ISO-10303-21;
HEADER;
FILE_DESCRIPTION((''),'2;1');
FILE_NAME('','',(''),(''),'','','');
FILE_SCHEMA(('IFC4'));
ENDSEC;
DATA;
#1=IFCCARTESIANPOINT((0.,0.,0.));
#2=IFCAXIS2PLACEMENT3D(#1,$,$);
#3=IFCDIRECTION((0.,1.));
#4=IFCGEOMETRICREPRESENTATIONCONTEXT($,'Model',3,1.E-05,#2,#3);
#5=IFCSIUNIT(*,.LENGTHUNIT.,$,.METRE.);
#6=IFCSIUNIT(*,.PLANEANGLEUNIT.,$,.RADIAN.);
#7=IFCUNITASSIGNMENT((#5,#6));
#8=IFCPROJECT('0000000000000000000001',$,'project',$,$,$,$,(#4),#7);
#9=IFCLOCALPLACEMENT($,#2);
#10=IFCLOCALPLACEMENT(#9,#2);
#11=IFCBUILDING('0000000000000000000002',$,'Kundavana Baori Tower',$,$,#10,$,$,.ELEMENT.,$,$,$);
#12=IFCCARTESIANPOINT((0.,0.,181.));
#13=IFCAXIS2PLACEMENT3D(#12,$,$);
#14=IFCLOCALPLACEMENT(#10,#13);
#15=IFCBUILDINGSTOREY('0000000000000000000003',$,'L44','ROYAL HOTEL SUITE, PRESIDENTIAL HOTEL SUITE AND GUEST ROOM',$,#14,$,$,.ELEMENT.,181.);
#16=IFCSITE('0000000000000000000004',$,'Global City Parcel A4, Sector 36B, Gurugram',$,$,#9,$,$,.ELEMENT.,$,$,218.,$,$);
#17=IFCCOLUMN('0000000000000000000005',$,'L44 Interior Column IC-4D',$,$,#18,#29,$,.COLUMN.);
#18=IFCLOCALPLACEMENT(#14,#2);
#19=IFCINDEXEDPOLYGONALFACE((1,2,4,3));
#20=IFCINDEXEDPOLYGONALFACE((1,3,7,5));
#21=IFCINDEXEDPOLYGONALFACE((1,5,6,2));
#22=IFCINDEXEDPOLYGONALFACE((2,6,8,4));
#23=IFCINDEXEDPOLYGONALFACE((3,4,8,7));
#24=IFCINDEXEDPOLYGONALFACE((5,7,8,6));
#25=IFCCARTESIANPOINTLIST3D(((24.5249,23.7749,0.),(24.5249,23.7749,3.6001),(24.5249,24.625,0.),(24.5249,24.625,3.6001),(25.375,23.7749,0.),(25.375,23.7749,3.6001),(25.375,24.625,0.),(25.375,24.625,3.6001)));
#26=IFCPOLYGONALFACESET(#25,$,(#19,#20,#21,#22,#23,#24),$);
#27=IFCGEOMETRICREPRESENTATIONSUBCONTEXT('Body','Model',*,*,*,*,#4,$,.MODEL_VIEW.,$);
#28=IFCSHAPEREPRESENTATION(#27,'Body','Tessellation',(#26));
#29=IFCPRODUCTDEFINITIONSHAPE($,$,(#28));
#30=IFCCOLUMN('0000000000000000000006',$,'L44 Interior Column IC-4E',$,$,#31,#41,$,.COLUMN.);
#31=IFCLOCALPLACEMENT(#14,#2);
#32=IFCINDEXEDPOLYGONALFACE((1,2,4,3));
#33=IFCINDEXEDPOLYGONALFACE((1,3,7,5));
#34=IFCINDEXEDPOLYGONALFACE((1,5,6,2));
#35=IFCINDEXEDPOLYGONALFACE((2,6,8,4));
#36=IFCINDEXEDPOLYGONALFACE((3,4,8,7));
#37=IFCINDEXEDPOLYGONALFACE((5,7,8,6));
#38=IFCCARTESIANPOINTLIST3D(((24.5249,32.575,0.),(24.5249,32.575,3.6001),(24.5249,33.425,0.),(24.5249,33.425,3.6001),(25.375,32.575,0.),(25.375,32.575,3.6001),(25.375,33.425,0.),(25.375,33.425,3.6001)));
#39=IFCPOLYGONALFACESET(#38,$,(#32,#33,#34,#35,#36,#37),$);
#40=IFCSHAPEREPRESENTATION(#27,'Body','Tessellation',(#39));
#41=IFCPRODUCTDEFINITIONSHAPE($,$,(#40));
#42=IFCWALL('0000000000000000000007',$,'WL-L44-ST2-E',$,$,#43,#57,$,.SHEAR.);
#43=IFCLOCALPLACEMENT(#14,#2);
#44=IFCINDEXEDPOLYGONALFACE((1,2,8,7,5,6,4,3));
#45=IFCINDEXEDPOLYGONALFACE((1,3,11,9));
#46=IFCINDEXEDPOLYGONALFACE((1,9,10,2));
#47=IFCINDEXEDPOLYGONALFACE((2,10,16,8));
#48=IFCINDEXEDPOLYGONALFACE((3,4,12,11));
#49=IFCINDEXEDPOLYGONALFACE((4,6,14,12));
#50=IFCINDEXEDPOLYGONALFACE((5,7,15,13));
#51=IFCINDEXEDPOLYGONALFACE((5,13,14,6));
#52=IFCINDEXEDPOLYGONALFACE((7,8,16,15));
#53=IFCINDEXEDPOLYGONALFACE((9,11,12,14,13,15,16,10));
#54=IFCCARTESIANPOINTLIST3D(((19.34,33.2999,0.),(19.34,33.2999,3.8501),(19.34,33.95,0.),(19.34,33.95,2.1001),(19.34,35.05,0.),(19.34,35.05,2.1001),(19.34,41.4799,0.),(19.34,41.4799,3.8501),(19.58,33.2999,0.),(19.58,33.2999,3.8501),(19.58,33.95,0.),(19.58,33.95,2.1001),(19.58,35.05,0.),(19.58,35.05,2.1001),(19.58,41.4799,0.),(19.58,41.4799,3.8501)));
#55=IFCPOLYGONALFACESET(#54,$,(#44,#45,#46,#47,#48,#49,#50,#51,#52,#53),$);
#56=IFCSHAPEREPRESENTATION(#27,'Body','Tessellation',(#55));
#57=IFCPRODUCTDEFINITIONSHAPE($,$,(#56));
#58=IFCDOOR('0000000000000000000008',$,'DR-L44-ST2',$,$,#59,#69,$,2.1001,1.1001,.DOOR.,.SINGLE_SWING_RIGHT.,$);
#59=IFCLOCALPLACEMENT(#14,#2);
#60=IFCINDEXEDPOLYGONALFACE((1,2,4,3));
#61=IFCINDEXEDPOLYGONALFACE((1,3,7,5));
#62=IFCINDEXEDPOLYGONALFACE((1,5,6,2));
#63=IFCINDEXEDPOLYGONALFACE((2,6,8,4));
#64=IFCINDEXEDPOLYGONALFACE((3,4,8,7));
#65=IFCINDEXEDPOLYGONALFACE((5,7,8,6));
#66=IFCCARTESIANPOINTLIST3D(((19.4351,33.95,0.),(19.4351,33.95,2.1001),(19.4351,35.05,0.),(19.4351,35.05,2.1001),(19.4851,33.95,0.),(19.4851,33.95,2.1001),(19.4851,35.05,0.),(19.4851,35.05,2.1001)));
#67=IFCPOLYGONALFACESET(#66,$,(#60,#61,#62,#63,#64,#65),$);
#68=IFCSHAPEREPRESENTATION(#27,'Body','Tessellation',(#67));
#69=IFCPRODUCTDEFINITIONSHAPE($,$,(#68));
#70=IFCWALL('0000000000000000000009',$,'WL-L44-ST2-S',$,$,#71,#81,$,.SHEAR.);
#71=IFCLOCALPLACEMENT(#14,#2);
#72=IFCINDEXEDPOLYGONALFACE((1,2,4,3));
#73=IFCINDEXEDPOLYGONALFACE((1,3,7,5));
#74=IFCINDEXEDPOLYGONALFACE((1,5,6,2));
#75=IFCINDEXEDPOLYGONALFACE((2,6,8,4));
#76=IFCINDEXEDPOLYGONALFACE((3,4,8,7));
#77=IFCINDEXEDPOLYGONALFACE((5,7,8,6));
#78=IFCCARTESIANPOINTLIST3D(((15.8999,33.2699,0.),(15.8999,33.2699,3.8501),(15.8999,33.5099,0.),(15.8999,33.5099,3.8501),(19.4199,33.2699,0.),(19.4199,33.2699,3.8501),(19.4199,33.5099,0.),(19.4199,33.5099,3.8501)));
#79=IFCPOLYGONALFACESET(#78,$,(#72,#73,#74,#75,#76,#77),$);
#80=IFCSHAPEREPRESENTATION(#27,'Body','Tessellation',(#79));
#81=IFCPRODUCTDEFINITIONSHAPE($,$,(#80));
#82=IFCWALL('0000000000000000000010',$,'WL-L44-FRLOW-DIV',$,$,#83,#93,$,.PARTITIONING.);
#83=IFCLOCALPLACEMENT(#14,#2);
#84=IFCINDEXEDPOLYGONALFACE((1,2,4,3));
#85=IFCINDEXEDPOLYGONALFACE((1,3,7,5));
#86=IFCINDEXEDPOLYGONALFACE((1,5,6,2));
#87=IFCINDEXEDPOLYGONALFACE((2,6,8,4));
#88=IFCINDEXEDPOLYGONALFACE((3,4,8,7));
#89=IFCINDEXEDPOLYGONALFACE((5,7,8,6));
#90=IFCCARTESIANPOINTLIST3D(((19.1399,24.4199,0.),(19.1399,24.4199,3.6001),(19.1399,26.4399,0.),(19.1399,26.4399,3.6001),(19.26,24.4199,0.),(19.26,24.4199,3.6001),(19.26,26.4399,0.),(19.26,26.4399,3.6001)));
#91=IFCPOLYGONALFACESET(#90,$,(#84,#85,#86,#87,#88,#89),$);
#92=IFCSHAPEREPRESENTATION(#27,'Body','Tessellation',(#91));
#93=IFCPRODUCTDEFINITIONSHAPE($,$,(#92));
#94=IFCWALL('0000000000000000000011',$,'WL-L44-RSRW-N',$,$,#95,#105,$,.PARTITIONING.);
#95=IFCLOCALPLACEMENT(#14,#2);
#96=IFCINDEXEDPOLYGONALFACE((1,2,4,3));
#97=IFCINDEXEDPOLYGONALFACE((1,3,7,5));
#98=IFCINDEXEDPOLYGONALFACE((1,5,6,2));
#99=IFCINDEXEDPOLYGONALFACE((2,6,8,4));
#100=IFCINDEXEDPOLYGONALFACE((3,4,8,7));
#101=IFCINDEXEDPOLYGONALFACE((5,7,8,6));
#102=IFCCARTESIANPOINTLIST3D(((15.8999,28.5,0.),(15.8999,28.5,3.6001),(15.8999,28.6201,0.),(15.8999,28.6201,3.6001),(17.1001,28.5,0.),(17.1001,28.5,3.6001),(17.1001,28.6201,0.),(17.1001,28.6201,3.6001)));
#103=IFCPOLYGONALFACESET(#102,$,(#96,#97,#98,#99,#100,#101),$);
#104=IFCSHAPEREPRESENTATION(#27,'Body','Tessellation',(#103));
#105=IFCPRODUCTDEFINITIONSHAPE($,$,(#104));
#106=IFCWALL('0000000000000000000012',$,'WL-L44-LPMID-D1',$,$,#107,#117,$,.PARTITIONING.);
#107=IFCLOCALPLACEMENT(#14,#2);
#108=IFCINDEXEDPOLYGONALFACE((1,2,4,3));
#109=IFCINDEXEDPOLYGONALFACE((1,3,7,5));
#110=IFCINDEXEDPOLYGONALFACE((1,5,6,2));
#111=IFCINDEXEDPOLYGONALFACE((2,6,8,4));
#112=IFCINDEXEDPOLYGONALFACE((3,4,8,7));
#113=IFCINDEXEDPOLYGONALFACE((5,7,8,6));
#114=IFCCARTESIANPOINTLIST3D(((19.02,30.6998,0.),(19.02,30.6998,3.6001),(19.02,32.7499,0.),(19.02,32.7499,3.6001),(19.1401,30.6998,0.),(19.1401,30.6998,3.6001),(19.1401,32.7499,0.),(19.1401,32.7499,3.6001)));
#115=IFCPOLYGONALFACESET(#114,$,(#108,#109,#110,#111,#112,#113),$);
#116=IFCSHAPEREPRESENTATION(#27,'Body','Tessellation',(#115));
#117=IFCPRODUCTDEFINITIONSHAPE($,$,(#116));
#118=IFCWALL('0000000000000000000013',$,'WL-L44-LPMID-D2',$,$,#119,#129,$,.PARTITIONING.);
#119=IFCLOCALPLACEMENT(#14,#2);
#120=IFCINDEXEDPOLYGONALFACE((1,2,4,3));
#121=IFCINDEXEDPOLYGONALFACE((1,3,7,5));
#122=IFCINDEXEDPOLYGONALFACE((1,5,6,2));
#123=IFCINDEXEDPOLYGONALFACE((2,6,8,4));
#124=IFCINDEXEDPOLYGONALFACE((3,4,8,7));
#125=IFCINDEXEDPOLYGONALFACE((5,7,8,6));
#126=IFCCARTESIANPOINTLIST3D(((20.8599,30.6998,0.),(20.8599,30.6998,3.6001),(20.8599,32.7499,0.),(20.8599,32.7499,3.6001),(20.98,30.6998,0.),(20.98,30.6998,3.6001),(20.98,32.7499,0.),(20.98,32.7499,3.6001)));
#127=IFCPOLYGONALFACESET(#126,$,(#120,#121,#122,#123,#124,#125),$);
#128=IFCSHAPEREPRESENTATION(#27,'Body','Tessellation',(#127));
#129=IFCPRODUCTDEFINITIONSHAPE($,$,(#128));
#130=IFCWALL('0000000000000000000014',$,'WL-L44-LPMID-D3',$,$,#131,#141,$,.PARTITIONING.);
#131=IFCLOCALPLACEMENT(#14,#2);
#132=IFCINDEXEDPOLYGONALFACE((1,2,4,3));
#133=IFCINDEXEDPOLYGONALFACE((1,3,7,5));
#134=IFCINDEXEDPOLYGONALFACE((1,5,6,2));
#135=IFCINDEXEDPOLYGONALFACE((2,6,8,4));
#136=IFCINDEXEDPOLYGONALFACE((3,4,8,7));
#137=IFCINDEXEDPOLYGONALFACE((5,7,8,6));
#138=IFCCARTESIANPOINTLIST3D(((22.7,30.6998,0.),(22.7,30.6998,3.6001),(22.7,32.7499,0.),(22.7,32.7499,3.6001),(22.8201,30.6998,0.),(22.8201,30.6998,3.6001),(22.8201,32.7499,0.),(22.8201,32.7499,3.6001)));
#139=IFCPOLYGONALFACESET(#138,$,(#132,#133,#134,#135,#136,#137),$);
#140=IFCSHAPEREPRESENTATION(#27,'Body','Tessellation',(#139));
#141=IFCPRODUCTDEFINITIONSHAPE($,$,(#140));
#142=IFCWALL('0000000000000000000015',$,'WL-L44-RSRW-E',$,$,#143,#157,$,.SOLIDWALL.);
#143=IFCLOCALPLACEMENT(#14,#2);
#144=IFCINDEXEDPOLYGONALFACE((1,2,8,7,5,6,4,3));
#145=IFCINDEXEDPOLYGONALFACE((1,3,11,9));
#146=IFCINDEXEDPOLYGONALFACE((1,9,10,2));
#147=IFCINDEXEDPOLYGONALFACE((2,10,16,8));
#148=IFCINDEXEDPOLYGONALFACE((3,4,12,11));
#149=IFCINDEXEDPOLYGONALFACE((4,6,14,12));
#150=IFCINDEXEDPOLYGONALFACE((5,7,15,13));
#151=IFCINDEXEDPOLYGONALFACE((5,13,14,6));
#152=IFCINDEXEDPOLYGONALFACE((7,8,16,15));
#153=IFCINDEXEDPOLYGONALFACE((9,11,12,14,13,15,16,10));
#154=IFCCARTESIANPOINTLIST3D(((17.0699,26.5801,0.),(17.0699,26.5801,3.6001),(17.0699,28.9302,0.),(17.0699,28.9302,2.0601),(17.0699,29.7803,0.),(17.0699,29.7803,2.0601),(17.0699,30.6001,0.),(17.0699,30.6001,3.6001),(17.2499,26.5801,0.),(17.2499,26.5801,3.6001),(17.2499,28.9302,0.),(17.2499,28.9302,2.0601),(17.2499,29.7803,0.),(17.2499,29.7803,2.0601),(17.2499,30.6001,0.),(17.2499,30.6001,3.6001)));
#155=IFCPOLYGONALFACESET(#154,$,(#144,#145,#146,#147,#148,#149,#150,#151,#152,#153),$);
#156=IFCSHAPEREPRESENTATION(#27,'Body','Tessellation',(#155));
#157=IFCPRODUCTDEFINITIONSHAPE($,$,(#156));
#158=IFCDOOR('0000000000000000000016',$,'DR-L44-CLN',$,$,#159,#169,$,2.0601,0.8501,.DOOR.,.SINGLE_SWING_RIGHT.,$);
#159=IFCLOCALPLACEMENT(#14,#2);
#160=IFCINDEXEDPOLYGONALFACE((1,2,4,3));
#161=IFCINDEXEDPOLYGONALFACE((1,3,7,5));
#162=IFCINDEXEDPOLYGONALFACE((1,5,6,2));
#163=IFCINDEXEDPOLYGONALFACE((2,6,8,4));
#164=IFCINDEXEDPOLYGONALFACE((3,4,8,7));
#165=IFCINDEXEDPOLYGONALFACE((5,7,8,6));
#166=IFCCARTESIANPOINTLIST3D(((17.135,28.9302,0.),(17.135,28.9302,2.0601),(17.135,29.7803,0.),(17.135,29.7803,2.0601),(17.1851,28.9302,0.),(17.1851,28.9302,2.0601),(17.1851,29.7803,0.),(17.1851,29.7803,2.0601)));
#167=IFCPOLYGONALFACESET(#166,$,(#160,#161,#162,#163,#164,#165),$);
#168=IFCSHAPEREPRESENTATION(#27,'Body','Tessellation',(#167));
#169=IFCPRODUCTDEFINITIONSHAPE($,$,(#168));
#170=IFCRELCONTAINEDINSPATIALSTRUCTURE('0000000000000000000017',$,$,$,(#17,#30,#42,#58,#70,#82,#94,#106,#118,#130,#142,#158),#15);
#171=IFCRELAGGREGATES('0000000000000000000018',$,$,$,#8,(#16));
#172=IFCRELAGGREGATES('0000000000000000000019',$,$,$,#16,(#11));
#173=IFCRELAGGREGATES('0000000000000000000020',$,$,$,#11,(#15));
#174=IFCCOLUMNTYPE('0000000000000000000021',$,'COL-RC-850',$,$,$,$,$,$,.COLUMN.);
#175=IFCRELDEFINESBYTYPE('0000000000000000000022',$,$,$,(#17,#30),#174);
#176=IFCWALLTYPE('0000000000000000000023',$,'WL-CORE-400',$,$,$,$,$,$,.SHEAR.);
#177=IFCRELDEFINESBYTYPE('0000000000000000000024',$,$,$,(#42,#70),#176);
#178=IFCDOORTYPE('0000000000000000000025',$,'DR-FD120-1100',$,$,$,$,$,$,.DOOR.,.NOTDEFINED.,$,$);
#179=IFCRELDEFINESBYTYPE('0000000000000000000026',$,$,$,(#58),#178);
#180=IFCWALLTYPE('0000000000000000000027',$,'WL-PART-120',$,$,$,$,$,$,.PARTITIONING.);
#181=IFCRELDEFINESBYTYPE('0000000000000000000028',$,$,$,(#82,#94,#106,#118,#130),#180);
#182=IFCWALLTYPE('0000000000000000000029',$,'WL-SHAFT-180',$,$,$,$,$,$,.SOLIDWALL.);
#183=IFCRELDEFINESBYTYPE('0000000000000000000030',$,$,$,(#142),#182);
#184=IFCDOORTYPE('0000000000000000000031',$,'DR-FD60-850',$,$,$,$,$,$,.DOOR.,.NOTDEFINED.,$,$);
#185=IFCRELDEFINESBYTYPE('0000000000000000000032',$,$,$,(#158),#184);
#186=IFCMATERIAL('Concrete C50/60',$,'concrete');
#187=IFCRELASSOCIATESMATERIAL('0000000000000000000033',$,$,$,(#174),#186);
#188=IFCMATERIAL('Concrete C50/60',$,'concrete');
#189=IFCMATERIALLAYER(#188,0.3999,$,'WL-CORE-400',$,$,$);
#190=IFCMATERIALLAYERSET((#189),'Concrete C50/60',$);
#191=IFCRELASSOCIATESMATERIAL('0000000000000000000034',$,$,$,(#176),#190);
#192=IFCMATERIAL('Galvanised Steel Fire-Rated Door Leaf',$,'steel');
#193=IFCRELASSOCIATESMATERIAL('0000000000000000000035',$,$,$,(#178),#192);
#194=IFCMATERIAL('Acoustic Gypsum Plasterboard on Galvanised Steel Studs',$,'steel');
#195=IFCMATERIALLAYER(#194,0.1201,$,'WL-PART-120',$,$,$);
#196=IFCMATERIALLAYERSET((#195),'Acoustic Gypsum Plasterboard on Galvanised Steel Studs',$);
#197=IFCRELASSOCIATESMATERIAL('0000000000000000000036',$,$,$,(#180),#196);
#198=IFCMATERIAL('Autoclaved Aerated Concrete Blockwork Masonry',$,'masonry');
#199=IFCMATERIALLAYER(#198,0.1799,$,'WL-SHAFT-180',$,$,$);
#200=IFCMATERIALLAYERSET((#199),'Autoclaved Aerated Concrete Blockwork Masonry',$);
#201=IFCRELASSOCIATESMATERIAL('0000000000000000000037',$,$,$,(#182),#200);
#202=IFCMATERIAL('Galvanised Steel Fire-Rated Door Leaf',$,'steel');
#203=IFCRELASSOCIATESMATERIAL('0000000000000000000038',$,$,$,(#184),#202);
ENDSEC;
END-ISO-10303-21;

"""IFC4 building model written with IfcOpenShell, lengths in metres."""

from ifc_helpers import new_model, si_unit, direction, frame, frame_2d, origin, origin_2d, place, context, subcontext, project, spatial, rectangle, extrude, material, layer, layer_set, material_profile, profile_set, type_object, element, fill, save


model = new_model("IFC4")

# Units and contexts
model_context = context("Model", 3, precision=1e-05, world=origin(), true_north=direction((0.0, 1.0)))
body_context = subcontext(model_context, "Body", "Model", "MODEL_VIEW")
ifc_project = project(units=[si_unit("LENGTHUNIT", "METRE"), si_unit("PLANEANGLEUNIT", "RADIAN")], contexts=[model_context])

# Site, building, storey
site_placement = place(None, origin())
site = spatial("IfcSite", under=ifc_project, at=site_placement, Name="Global City Parcel A4, Sector 36B, Gurugram", CompositionType="ELEMENT", RefElevation=218.0)
building_placement = place(site_placement, origin())
building = spatial("IfcBuilding", under=site, at=building_placement, Name="Kundavana Baori Tower", CompositionType="ELEMENT")
storey_placement = place(building_placement, frame((0.0, 0.0, 181.0)))
storey = spatial("IfcBuildingStorey", under=building, at=storey_placement, Name="L44", Description="ROYAL HOTEL SUITE, PRESIDENTIAL HOTEL SUITE AND GUEST ROOM", CompositionType="ELEMENT", Elevation=181.0)

# Columns
ifc_material_1 = material(Name="Concrete C50/60", Category="concrete")
ifc_material_profile = material_profile(ifc_material_1, rectangle(XDim=0.8501, YDim=0.8501, at=origin_2d()), Name="RC 850x850")
ifc_profile_set = profile_set([ifc_material_profile], Name="Concrete C50/60")
column_type = type_object("IfcColumnType", Name="COL-RC-850", PredefinedType="COLUMN", material=ifc_profile_set)
for number, where, z_axis, x_axis, name in (
    (1, (24.95, 24.2, 0.0), (0.0, 0.0, 1.0), (1.0, 0.0, 0.0), "L44 Interior Column IC-4D"),
    (2, (24.95, 33.0, 0.0), (0.0, 0.0, 1.0), (1.0, 0.0, 0.0), "L44 Interior Column IC-4E"),
):
    element("IfcColumn", number, at=place(storey_placement, frame(where, z_axis=z_axis, x_axis=x_axis)), inside=storey, type_object=column_type, Name=name, PredefinedType="COLUMN", context=body_context, shape_type="SweptSolid", body=[
        extrude(rectangle(XDim=0.8501, YDim=0.8501, at=origin_2d()), origin(), (0.0, 0.0, 1.0), 3.6001),
    ])

# Wall, opening, door
ifc_material_2 = material(Name="Concrete C50/60", Category="concrete")
ifc_layer_1 = layer(ifc_material_2, 0.3999, Name="WL-CORE-400")
ifc_layer_set_1 = layer_set([ifc_layer_1], Name="Concrete C50/60")
wall_type_1 = type_object("IfcWallType", Name="WL-CORE-400", PredefinedType="SHEAR", material=ifc_layer_set_1)
wall_1_placement = place(storey_placement, frame((19.46, 33.3, 0.0), z_axis=(0.0, 0.0, 1.0), x_axis=(0.0, 1.0, 0.0)))
wall_1 = element("IfcWall", 3, at=wall_1_placement, inside=storey, type_object=wall_type_1, Name="WL-L44-ST2-E", PredefinedType="SHEAR", context=body_context, shape_type="SweptSolid", body=[
    extrude(rectangle(XDim=8.1799, YDim=0.24, at=frame_2d((4.0898, 0.0))), origin(), (0.0, 0.0, 1.0), 3.8501),
])
opening_1_placement = place(wall_1_placement, frame((0.6499, 0.0, 0.0)))
opening_1 = element("IfcOpeningElement", 4, at=opening_1_placement, cuts=wall_1, PredefinedType="OPENING", context=body_context, shape_type="SweptSolid", body=[
    extrude(rectangle(XDim=1.1001, YDim=2.1001, at=frame_2d((0.55, 1.05))), frame((0.0, 0.1299, 0.0), z_axis=(0.0, -1.0, 0.0), x_axis=(1.0, 0.0, 0.0)), (0.0, 0.0, 1.0), 0.26),
])
ifc_material_3 = material(Name="Galvanised Steel Fire-Rated Door Leaf", Category="steel")
door_type_1 = type_object("IfcDoorType", Name="DR-FD120-1100", OperationType="NOTDEFINED", PredefinedType="DOOR", material=ifc_material_3)
door_1_placement = place(opening_1_placement, origin())
door_1 = element("IfcDoor", 5, at=door_1_placement, inside=storey, type_object=door_type_1, Name="DR-L44-ST2", OperationType="SINGLE_SWING_RIGHT", OverallHeight=2.1001, OverallWidth=1.1001, PredefinedType="DOOR", context=body_context, shape_type="SweptSolid", body=[
    extrude(rectangle(XDim=1.1001, YDim=2.1001, at=frame_2d((0.55, 1.05))), frame((0.0, 0.0249, 0.0), z_axis=(0.0, -1.0, 0.0), x_axis=(1.0, 0.0, 0.0)), (0.0, 0.0, 1.0), 0.05),
])
fill(opening_1, door_1)

# Walls
wall_2_placement = place(storey_placement, frame((15.8999, 33.3899, 0.0), z_axis=(0.0, 0.0, 1.0), x_axis=(1.0, 0.0, 0.0)))
element("IfcWall", 6, at=wall_2_placement, inside=storey, type_object=wall_type_1, Name="WL-L44-ST2-S", PredefinedType="SHEAR", context=body_context, shape_type="SweptSolid", body=[
    extrude(rectangle(XDim=3.52, YDim=0.24, at=frame_2d((1.76, 0.0))), origin(), (0.0, 0.0, 1.0), 3.8501),
])
ifc_material_4 = material(Name="Acoustic Gypsum Plasterboard on Galvanised Steel Studs", Category="steel")
ifc_layer_2 = layer(ifc_material_4, 0.1201, Name="WL-PART-120")
ifc_layer_set_2 = layer_set([ifc_layer_2], Name="Acoustic Gypsum Plasterboard on Galvanised Steel Studs")
wall_type_2 = type_object("IfcWallType", Name="WL-PART-120", PredefinedType="PARTITIONING", material=ifc_layer_set_2)
wall_3_placement = place(storey_placement, frame((19.2, 24.4199, 0.0), z_axis=(0.0, 0.0, 1.0), x_axis=(0.0, 1.0, 0.0)))
element("IfcWall", 7, at=wall_3_placement, inside=storey, type_object=wall_type_2, Name="WL-L44-FRLOW-DIV", PredefinedType="PARTITIONING", context=body_context, shape_type="SweptSolid", body=[
    extrude(rectangle(XDim=2.02, YDim=0.1201, at=frame_2d((1.01, 0.0))), origin(), (0.0, 0.0, 1.0), 3.6001),
])
wall_4_placement = place(storey_placement, frame((15.8999, 28.5601, 0.0), z_axis=(0.0, 0.0, 1.0), x_axis=(1.0, 0.0, 0.0)))
element("IfcWall", 8, at=wall_4_placement, inside=storey, type_object=wall_type_2, Name="WL-L44-RSRW-N", PredefinedType="PARTITIONING", context=body_context, shape_type="SweptSolid", body=[
    extrude(rectangle(XDim=1.2002, YDim=0.1201, at=frame_2d((0.6001, 0.0))), origin(), (0.0, 0.0, 1.0), 3.6001),
])
for number, where, z_axis, x_axis, name in (
    (9, (19.0801, 30.7, 0.0), (0.0, 0.0, 1.0), (0.0, 1.0, 0.0), "WL-L44-LPMID-D1"),
    (10, (20.9199, 30.7, 0.0), (0.0, 0.0, 1.0), (0.0, 1.0, 0.0), "WL-L44-LPMID-D2"),
    (11, (22.76, 30.7, 0.0), (0.0, 0.0, 1.0), (0.0, 1.0, 0.0), "WL-L44-LPMID-D3"),
):
    element("IfcWall", number, at=place(storey_placement, frame(where, z_axis=z_axis, x_axis=x_axis)), inside=storey, type_object=wall_type_2, Name=name, PredefinedType="PARTITIONING", context=body_context, shape_type="SweptSolid", body=[
        extrude(rectangle(XDim=2.05, YDim=0.1201, at=frame_2d((1.0249, 0.0))), origin(), (0.0, 0.0, 1.0), 3.6001),
    ])

# Wall, opening, door
ifc_material_5 = material(Name="Autoclaved Aerated Concrete Blockwork Masonry", Category="masonry")
ifc_layer_3 = layer(ifc_material_5, 0.1799, Name="WL-SHAFT-180")
ifc_layer_set_3 = layer_set([ifc_layer_3], Name="Autoclaved Aerated Concrete Blockwork Masonry")
wall_type_3 = type_object("IfcWallType", Name="WL-SHAFT-180", PredefinedType="SOLIDWALL", material=ifc_layer_set_3)
wall_5_placement = place(storey_placement, frame((17.1599, 26.5801, 0.0), z_axis=(0.0, 0.0, 1.0), x_axis=(0.0, 1.0, 0.0)))
wall_5 = element("IfcWall", 12, at=wall_5_placement, inside=storey, type_object=wall_type_3, Name="WL-L44-RSRW-E", PredefinedType="SOLIDWALL", context=body_context, shape_type="SweptSolid", body=[
    extrude(rectangle(XDim=4.02, YDim=0.1799, at=frame_2d((2.01, 0.0))), origin(), (0.0, 0.0, 1.0), 3.6001),
])
opening_2_placement = place(wall_5_placement, frame((2.3501, 0.0, 0.0)))
opening_2 = element("IfcOpeningElement", 13, at=opening_2_placement, cuts=wall_5, PredefinedType="OPENING", context=body_context, shape_type="SweptSolid", body=[
    extrude(rectangle(XDim=0.8501, YDim=2.0601, at=frame_2d((0.425, 1.03))), frame((0.0, 0.1001, 0.0), z_axis=(0.0, -1.0, 0.0), x_axis=(1.0, 0.0, 0.0)), (0.0, 0.0, 1.0), 0.2),
])
ifc_material_6 = material(Name="Galvanised Steel Fire-Rated Door Leaf", Category="steel")
door_type_2 = type_object("IfcDoorType", Name="DR-FD60-850", OperationType="NOTDEFINED", PredefinedType="DOOR", material=ifc_material_6)
door_2_placement = place(opening_2_placement, origin())
door_2 = element("IfcDoor", 14, at=door_2_placement, inside=storey, type_object=door_type_2, Name="DR-L44-CLN", OperationType="SINGLE_SWING_RIGHT", OverallHeight=2.0601, OverallWidth=0.8501, PredefinedType="DOOR", context=body_context, shape_type="SweptSolid", body=[
    extrude(rectangle(XDim=0.8501, YDim=2.0601, at=frame_2d((0.425, 1.03))), frame((0.0, 0.0249, 0.0), z_axis=(0.0, -1.0, 0.0), x_axis=(1.0, 0.0, 0.0)), (0.0, 0.0, 1.0), 0.05),
])
fill(opening_2, door_2)

save(model, "model.ifc")
